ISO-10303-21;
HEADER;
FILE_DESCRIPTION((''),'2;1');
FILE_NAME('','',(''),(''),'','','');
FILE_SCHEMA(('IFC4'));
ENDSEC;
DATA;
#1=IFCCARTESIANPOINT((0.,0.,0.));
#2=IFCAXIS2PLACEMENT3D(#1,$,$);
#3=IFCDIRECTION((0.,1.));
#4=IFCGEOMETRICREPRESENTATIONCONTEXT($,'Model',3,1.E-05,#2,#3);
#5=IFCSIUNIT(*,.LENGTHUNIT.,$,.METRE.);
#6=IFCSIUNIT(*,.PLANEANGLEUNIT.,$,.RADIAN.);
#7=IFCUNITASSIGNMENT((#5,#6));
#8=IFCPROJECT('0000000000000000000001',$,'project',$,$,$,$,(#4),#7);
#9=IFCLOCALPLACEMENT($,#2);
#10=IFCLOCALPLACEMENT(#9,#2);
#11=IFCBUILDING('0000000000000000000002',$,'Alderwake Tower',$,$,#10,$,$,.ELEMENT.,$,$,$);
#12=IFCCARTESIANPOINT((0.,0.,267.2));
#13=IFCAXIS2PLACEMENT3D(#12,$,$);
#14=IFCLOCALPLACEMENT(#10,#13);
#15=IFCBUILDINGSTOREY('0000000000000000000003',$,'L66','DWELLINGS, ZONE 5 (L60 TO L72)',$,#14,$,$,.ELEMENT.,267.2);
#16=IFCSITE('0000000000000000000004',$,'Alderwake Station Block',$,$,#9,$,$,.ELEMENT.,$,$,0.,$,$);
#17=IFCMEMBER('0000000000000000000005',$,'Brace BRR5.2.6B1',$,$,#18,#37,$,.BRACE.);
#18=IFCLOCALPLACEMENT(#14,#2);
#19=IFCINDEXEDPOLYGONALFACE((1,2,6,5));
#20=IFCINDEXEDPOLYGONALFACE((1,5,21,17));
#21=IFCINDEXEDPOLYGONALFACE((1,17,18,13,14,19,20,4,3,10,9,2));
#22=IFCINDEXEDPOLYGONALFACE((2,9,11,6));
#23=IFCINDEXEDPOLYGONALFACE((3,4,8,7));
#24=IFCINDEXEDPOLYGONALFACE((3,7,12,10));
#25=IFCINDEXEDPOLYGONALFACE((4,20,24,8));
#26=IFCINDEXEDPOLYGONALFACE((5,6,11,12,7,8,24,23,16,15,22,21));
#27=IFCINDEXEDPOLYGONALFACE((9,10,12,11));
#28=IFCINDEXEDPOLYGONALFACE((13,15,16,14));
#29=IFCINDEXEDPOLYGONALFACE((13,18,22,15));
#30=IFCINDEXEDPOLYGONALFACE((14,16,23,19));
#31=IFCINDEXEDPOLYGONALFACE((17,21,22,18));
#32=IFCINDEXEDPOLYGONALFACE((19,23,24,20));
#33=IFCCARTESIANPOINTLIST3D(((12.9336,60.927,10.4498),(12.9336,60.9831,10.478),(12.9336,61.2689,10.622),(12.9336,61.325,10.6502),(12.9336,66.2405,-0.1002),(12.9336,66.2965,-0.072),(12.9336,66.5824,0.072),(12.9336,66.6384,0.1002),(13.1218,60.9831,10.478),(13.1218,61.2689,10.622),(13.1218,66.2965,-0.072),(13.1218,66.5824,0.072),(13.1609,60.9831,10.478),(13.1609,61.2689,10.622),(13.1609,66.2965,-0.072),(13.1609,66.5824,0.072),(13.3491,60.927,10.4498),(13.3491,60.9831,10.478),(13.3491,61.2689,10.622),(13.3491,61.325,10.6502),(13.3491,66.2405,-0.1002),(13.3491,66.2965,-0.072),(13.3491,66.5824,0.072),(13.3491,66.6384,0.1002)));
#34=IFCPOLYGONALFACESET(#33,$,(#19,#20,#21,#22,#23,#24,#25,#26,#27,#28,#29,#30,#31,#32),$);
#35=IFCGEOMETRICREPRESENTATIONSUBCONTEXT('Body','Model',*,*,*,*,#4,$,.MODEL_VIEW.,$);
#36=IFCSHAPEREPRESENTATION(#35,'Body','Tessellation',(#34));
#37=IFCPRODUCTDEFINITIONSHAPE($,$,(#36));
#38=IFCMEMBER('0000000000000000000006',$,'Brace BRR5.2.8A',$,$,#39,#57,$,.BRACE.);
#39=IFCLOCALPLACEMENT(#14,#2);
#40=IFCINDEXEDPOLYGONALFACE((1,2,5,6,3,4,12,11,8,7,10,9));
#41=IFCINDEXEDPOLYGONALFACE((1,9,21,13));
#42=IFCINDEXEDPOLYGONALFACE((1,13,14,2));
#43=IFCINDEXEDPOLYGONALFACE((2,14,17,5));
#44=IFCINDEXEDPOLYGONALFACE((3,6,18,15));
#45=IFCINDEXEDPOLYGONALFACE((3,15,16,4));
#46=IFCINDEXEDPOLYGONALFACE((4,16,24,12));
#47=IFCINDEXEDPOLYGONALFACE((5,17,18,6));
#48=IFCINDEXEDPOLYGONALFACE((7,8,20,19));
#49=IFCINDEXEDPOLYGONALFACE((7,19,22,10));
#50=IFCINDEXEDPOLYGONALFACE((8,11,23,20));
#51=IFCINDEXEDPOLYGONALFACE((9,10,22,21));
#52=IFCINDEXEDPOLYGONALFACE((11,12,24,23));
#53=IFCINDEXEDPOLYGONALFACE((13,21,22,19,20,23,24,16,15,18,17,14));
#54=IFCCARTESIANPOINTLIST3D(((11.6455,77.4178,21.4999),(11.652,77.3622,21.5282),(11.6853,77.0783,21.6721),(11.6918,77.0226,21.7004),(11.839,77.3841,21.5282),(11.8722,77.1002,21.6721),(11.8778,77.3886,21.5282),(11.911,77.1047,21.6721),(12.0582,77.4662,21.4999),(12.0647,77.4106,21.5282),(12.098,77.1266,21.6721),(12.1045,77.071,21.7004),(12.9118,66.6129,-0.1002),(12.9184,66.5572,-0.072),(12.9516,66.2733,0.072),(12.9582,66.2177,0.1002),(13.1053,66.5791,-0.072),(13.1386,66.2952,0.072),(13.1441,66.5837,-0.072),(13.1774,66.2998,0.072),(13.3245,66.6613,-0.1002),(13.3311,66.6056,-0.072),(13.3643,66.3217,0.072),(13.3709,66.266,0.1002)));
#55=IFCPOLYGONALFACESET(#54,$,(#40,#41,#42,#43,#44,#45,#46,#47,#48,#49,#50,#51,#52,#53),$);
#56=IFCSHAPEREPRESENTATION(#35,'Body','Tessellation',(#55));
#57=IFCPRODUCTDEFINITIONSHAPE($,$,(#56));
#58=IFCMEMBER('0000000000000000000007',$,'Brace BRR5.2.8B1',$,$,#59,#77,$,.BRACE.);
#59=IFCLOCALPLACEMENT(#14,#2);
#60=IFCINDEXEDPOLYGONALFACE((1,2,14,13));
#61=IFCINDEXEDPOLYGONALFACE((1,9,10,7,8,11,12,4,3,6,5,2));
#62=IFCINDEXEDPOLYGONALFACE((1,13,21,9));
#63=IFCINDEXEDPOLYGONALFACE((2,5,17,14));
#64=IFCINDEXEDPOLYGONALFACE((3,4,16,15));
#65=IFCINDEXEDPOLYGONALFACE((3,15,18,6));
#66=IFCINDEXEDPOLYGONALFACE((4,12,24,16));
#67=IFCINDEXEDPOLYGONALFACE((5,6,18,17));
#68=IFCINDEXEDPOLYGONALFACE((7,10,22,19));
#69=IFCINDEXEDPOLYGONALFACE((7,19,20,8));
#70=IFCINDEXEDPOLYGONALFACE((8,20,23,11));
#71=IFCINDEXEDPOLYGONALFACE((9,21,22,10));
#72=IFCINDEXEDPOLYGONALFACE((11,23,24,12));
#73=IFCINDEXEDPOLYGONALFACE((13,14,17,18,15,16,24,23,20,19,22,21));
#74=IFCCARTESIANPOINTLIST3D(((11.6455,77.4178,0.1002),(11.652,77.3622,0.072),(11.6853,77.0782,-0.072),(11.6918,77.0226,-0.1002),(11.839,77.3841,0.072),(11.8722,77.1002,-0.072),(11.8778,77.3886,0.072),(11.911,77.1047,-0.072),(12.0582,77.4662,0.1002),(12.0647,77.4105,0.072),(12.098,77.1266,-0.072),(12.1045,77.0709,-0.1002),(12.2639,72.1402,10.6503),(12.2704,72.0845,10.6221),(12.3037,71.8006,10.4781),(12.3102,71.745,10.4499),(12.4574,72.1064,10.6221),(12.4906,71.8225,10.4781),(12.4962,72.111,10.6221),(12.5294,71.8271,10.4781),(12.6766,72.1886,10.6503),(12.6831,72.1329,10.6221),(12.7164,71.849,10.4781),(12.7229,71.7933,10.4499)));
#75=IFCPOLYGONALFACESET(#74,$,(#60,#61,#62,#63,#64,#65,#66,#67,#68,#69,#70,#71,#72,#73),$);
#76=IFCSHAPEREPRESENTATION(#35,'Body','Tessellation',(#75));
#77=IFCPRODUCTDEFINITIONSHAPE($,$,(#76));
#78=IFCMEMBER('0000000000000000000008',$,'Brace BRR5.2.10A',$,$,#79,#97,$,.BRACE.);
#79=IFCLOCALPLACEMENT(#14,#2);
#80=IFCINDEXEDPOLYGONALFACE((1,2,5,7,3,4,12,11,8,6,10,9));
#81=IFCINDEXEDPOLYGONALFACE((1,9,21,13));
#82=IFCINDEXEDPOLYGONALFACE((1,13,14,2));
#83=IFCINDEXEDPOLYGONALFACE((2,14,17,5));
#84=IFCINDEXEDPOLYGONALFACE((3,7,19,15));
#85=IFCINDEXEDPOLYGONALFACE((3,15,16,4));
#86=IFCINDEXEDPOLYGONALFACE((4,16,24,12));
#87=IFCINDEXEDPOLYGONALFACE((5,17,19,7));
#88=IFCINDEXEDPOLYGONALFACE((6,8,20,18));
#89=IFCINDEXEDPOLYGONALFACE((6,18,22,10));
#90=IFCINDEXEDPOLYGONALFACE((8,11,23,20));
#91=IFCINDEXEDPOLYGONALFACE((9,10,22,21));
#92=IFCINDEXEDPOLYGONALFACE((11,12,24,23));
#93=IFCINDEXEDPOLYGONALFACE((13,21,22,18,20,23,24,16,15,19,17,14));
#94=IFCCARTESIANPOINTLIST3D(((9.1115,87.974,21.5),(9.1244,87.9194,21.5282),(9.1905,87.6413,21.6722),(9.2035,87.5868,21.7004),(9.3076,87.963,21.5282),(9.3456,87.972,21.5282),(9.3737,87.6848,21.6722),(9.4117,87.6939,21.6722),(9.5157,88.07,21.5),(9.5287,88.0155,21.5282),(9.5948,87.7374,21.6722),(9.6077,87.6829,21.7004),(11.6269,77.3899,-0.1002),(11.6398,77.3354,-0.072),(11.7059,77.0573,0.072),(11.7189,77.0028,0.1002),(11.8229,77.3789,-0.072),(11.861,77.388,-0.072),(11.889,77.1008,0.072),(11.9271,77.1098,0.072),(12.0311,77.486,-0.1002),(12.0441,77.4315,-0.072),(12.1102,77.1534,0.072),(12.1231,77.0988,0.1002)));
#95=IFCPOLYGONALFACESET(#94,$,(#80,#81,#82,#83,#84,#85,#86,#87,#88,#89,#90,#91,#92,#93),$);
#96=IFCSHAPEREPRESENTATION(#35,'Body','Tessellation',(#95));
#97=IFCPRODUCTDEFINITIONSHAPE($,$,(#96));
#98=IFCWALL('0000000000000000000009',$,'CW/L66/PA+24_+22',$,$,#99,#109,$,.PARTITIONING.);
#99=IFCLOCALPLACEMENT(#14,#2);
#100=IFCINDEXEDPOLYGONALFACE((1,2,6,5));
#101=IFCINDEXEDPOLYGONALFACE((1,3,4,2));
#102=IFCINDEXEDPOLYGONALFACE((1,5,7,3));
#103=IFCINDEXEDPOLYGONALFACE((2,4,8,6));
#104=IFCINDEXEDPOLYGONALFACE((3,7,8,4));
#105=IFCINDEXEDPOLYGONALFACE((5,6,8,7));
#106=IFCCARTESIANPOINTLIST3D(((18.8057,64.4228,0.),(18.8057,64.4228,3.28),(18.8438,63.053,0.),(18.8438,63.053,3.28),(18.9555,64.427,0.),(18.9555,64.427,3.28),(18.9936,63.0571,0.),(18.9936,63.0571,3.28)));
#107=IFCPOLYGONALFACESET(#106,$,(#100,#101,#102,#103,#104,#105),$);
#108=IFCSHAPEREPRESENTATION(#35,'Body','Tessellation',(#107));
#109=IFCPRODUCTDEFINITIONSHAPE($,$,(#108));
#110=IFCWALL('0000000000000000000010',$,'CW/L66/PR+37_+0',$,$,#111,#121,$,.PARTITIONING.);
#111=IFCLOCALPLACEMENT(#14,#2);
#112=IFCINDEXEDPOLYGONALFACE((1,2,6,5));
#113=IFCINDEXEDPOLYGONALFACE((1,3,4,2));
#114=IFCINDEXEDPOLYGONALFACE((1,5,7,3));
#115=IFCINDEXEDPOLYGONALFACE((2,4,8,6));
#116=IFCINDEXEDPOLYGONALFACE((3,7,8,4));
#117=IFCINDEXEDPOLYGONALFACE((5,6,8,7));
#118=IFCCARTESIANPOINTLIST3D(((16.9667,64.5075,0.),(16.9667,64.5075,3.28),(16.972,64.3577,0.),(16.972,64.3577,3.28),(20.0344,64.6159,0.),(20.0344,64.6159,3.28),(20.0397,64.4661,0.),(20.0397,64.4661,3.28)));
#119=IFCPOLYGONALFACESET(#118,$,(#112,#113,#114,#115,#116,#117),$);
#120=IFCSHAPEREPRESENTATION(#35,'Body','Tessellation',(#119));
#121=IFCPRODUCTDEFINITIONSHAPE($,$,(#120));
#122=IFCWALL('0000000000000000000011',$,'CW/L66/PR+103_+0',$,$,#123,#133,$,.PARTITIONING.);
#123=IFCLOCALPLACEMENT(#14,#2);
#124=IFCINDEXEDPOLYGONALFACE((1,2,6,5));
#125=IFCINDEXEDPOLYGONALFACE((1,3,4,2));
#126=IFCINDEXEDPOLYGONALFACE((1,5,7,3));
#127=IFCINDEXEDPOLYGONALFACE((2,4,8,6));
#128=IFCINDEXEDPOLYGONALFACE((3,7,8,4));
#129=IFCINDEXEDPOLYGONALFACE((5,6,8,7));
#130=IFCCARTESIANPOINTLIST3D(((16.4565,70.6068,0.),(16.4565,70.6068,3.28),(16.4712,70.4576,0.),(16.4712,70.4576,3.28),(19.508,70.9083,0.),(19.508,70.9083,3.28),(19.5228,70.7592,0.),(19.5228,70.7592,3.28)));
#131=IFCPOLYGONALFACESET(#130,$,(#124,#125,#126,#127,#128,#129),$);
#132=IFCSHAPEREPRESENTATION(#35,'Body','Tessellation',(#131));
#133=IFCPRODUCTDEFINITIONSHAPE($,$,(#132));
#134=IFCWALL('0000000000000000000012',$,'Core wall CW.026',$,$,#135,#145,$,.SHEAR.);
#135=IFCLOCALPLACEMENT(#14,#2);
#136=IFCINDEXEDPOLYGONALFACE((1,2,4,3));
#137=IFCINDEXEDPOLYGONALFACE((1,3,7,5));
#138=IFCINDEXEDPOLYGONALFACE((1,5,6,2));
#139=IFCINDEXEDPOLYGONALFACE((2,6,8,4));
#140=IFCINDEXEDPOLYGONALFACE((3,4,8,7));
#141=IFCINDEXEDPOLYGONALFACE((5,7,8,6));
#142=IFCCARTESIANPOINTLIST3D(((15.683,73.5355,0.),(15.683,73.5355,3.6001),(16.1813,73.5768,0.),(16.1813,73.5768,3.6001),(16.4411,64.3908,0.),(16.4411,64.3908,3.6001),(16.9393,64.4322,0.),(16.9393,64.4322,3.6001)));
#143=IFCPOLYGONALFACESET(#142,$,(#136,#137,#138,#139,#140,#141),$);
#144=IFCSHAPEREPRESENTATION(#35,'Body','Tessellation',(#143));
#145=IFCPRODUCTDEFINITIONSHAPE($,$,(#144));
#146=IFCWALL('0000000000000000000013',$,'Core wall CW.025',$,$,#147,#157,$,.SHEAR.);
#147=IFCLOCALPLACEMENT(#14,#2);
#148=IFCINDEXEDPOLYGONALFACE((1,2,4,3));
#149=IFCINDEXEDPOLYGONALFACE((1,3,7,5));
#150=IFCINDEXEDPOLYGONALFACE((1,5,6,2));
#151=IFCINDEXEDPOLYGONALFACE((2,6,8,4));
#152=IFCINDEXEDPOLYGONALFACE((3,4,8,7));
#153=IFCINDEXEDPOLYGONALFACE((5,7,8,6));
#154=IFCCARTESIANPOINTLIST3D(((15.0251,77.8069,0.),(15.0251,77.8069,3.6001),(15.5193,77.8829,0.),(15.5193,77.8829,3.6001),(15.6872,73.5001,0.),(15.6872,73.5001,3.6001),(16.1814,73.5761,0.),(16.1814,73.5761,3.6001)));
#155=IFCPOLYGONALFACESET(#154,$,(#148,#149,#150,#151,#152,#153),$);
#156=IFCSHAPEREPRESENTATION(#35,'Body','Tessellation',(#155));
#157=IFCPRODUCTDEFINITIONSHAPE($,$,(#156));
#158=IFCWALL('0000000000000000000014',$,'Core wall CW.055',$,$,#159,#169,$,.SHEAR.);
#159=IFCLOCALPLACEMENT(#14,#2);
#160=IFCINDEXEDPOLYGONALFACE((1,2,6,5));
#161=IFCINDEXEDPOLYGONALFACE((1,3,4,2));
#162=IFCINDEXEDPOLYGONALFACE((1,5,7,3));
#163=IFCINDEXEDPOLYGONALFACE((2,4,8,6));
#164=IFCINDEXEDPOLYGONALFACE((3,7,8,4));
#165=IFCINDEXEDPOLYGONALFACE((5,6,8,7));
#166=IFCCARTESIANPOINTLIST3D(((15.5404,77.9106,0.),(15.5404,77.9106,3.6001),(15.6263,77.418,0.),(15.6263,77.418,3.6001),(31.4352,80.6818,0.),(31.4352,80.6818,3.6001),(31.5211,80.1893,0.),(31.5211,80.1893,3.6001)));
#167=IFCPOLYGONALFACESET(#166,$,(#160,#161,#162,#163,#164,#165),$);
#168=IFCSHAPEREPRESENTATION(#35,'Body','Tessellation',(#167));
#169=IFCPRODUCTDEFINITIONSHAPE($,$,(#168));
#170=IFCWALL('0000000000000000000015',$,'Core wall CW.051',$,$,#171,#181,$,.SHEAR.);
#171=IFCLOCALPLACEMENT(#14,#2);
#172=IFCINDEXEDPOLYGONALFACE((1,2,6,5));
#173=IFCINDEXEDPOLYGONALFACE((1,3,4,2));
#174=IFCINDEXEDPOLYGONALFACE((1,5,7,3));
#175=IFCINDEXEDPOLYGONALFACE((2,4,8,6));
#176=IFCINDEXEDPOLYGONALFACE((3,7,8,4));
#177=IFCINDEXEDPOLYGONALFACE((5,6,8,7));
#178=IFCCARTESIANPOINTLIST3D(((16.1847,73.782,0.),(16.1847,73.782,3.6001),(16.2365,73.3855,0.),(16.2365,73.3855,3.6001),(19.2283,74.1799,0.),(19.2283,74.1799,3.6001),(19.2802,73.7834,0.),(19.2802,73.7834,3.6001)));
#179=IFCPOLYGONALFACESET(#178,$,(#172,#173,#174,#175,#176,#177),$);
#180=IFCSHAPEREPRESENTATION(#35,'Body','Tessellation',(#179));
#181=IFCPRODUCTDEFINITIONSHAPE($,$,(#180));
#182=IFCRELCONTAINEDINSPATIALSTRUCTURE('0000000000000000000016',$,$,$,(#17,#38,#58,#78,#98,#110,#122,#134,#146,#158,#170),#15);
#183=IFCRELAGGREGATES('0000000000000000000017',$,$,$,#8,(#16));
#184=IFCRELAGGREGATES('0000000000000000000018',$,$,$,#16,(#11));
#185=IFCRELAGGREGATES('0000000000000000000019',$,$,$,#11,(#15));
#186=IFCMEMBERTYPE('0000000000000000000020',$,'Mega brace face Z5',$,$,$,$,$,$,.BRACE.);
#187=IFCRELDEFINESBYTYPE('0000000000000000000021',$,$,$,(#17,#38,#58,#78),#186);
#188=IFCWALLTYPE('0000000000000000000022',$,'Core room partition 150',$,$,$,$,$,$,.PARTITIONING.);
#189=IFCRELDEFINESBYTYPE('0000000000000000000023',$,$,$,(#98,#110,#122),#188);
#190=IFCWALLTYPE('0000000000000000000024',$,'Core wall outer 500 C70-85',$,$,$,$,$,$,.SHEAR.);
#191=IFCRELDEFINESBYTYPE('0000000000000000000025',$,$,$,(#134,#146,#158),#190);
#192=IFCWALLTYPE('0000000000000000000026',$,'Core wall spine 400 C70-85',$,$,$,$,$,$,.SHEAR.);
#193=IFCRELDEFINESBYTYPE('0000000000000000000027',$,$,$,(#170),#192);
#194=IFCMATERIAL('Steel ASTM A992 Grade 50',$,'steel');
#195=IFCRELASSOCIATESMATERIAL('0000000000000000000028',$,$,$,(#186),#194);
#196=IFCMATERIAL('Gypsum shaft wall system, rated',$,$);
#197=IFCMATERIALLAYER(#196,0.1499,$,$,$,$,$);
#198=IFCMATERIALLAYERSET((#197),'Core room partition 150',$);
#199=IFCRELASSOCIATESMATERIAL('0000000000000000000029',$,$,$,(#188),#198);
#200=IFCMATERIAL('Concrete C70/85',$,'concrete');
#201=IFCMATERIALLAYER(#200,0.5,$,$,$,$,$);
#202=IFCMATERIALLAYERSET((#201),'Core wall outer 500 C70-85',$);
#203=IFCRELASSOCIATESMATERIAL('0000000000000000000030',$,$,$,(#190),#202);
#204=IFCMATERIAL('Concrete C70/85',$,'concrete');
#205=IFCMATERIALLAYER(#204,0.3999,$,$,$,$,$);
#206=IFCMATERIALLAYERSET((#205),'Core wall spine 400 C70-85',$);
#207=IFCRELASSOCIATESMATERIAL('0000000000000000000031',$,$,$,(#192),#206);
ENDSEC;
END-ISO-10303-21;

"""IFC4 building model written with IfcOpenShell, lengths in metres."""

from ifc_helpers import new_model, si_unit, direction, frame, frame_2d, origin, origin_2d, place, context, subcontext, project, spatial, rectangle, i_section, extrude, material, layer, layer_set, material_profile, profile_set, type_object, element, save


model = new_model("IFC4")

# Units and contexts
model_context = context("Model", 3, precision=1e-05, world=origin(), true_north=direction((0.0, 1.0)))
body_context = subcontext(model_context, "Body", "Model", "MODEL_VIEW")
ifc_project = project(units=[si_unit("LENGTHUNIT", "METRE"), si_unit("PLANEANGLEUNIT", "RADIAN")], contexts=[model_context])

# Site, building, storey
site_placement = place(None, origin())
site = spatial("IfcSite", under=ifc_project, at=site_placement, Name="Alderwake Station Block", CompositionType="ELEMENT", RefElevation=0.0)
building_placement = place(site_placement, origin())
building = spatial("IfcBuilding", under=site, at=building_placement, Name="Alderwake Tower", CompositionType="ELEMENT")
storey_placement = place(building_placement, frame((0.0, 0.0, 267.2)))
storey = spatial("IfcBuildingStorey", under=building, at=storey_placement, Name="L66", Description="DWELLINGS, ZONE 5 (L60 TO L72)", CompositionType="ELEMENT", Elevation=267.2)

# Members
ifc_material_1 = material(Name="Steel ASTM A992 Grade 50", Category="steel")
ifc_material_profile_1 = material_profile(ifc_material_1, i_section(OverallWidth=0.4155, OverallDepth=0.4456, WebThickness=0.0391, FlangeThickness=0.0627, at=origin_2d()), Name="W14X342")
ifc_profile_set_1 = profile_set([ifc_material_profile_1], Name="Steel ASTM A992 Grade 50")
member_type = type_object("IfcMemberType", Name="Mega brace face Z5", PredefinedType="BRACE", material=ifc_profile_set_1)
member_1_placement = place(storey_placement, frame((13.1414, 66.4395, 0.0), z_axis=(0.0, -0.449816, 0.893121), x_axis=(1.0, 0.0, 0.0)))
element("IfcMember", 1, at=member_1_placement, inside=storey, type_object=member_type, Name="Brace BRR5.2.6B1", PredefinedType="BRACE", context=body_context, shape_type="SweptSolid", body=[
    extrude(i_section(OverallWidth=0.4155, OverallDepth=0.4456, WebThickness=0.0391, FlangeThickness=0.0627, at=origin_2d()), origin(), (0.0, 0.0, 1.0), 11.8125),
])
member_2_placement = place(storey_placement, frame((13.1414, 66.4395, 0.0), z_axis=(-0.052361, 0.446762, 0.893119), x_axis=(-0.993202, -0.116405, 0.0)))
element("IfcMember", 2, at=member_2_placement, inside=storey, type_object=member_type, Name="Brace BRR5.2.8A", PredefinedType="BRACE", context=body_context, shape_type="SweptSolid", body=[
    extrude(i_section(OverallWidth=0.4155, OverallDepth=0.4456, WebThickness=0.0391, FlangeThickness=0.0627, at=origin_2d()), origin(), (0.0, 0.0, 1.0), 24.1851),
])
member_3_placement = place(storey_placement, frame((11.875, 77.2444, 0.0), z_axis=(0.052351, -0.446774, 0.893114), x_axis=(0.993205, 0.11638, 0.0)))
element("IfcMember", 3, at=member_3_placement, inside=storey, type_object=member_type, Name="Brace BRR5.2.8B1", PredefinedType="BRACE", context=body_context, shape_type="SweptSolid", body=[
    extrude(i_section(OverallWidth=0.4155, OverallDepth=0.4456, WebThickness=0.0391, FlangeThickness=0.0627, at=origin_2d()), origin(), (0.0, 0.0, 1.0), 11.8127),
])
member_4_placement = place(storey_placement, frame((11.875, 77.2444, 0.0), z_axis=(-0.104006, 0.437627, 0.893121), x_axis=(-0.972902, -0.231219, 0.0)))
element("IfcMember", 4, at=member_4_placement, inside=storey, type_object=member_type, Name="Brace BRR5.2.10A", PredefinedType="BRACE", context=body_context, shape_type="SweptSolid", body=[
    extrude(i_section(OverallWidth=0.4155, OverallDepth=0.4456, WebThickness=0.0391, FlangeThickness=0.0627, at=origin_2d()), origin(), (0.0, 0.0, 1.0), 24.1851),
])

# Walls
ifc_material_2 = material(Name="Gypsum shaft wall system, rated")
ifc_layer_1 = layer(ifc_material_2, 0.1499)
ifc_layer_set_1 = layer_set([ifc_layer_1], Name="Core room partition 150")
wall_type_1 = type_object("IfcWallType", Name="Core room partition 150", PredefinedType="PARTITIONING", material=ifc_layer_set_1)
wall_1_placement = place(storey_placement, frame((18.9187, 63.0552, 0.0), z_axis=(0.0, 0.0, 1.0), x_axis=(-0.027792, 0.999614, 0.0)))
element("IfcWall", 5, at=wall_1_placement, inside=storey, type_object=wall_type_1, Name="CW/L66/PA+24_+22", PredefinedType="PARTITIONING", context=body_context, shape_type="SweptSolid", body=[
    extrude(rectangle(XDim=1.3704, YDim=0.1499, at=frame_2d((0.6851, 0.0))), origin(), (0.0, 0.0, 1.0), 3.28),
])
wall_2_placement = place(storey_placement, frame((16.9695, 64.4326, 0.0), z_axis=(0.0, 0.0, 1.0), x_axis=(0.999376, 0.035314, 0.0)))
element("IfcWall", 6, at=wall_2_placement, inside=storey, type_object=wall_type_1, Name="CW/L66/PR+37_+0", PredefinedType="PARTITIONING", context=body_context, shape_type="SweptSolid", body=[
    extrude(rectangle(XDim=3.0696, YDim=0.1499, at=frame_2d((1.5347, 0.0))), origin(), (0.0, 0.0, 1.0), 3.28),
])
wall_3_placement = place(storey_placement, frame((16.4639, 70.5322, 0.0), z_axis=(0.0, 0.0, 1.0), x_axis=(0.995154, 0.098329, 0.0)))
element("IfcWall", 7, at=wall_3_placement, inside=storey, type_object=wall_type_1, Name="CW/L66/PR+103_+0", PredefinedType="PARTITIONING", context=body_context, shape_type="SweptSolid", body=[
    extrude(rectangle(XDim=3.0664, YDim=0.1499, at=frame_2d((1.5332, 0.0))), origin(), (0.0, 0.0, 1.0), 3.28),
])
ifc_material_3 = material(Name="Concrete C70/85", Category="concrete")
ifc_layer_2 = layer(ifc_material_3, 0.5)
ifc_layer_set_2 = layer_set([ifc_layer_2], Name="Core wall outer 500 C70-85")
wall_type_2 = type_object("IfcWallType", Name="Core wall outer 500 C70-85", PredefinedType="SHEAR", material=ifc_layer_set_2)
wall_4_placement = place(storey_placement, frame((16.6902, 64.4116, 0.0), z_axis=(0.0, 0.0, 1.0), x_axis=(-0.082612, 0.996582, 0.0)))
element("IfcWall", 8, at=wall_4_placement, inside=storey, type_object=wall_type_2, Name="Core wall CW.026", PredefinedType="SHEAR", context=body_context, shape_type="SweptSolid", body=[
    extrude(rectangle(XDim=9.176, YDim=0.5, at=frame_2d((4.5879, 0.0))), origin(), (0.0, 0.0, 1.0), 3.6001),
])
wall_5_placement = place(storey_placement, frame((15.9343, 73.5381, 0.0), z_axis=(0.0, 0.0, 1.0), x_axis=(-0.151948, 0.988389, 0.0)))
element("IfcWall", 9, at=wall_5_placement, inside=storey, type_object=wall_type_2, Name="Core wall CW.025", PredefinedType="SHEAR", context=body_context, shape_type="SweptSolid", body=[
    extrude(rectangle(XDim=4.3574, YDim=0.5, at=frame_2d((2.1787, 0.0))), origin(), (0.0, 0.0, 1.0), 3.6001),
])
wall_6_placement = place(storey_placement, frame((15.5833, 77.6643, 0.0), z_axis=(0.0, 0.0, 1.0), x_axis=(0.985139, 0.171758, 0.0)))
element("IfcWall", 10, at=wall_6_placement, inside=storey, type_object=wall_type_2, Name="Core wall CW.055", PredefinedType="SHEAR", context=body_context, shape_type="SweptSolid", body=[
    extrude(rectangle(XDim=16.1345, YDim=0.5, at=frame_2d((8.0674, 0.0))), origin(), (0.0, 0.0, 1.0), 3.6001),
])
ifc_material_4 = material(Name="Concrete C70/85", Category="concrete")
ifc_layer_3 = layer(ifc_material_4, 0.3999)
ifc_layer_set_3 = layer_set([ifc_layer_3], Name="Core wall spine 400 C70-85")
wall_type_3 = type_object("IfcWallType", Name="Core wall spine 400 C70-85", PredefinedType="SHEAR", material=ifc_layer_set_3)
wall_7_placement = place(storey_placement, frame((16.2107, 73.5837, 0.0), z_axis=(0.0, 0.0, 1.0), x_axis=(0.991561, 0.129642, 0.0)))
element("IfcWall", 11, at=wall_7_placement, inside=storey, type_object=wall_type_3, Name="Core wall CW.051", PredefinedType="SHEAR", context=body_context, shape_type="SweptSolid", body=[
    extrude(rectangle(XDim=3.0696, YDim=0.3999, at=frame_2d((1.5347, 0.0))), origin(), (0.0, 0.0, 1.0), 3.6001),
])

save(model, "model.ifc")
